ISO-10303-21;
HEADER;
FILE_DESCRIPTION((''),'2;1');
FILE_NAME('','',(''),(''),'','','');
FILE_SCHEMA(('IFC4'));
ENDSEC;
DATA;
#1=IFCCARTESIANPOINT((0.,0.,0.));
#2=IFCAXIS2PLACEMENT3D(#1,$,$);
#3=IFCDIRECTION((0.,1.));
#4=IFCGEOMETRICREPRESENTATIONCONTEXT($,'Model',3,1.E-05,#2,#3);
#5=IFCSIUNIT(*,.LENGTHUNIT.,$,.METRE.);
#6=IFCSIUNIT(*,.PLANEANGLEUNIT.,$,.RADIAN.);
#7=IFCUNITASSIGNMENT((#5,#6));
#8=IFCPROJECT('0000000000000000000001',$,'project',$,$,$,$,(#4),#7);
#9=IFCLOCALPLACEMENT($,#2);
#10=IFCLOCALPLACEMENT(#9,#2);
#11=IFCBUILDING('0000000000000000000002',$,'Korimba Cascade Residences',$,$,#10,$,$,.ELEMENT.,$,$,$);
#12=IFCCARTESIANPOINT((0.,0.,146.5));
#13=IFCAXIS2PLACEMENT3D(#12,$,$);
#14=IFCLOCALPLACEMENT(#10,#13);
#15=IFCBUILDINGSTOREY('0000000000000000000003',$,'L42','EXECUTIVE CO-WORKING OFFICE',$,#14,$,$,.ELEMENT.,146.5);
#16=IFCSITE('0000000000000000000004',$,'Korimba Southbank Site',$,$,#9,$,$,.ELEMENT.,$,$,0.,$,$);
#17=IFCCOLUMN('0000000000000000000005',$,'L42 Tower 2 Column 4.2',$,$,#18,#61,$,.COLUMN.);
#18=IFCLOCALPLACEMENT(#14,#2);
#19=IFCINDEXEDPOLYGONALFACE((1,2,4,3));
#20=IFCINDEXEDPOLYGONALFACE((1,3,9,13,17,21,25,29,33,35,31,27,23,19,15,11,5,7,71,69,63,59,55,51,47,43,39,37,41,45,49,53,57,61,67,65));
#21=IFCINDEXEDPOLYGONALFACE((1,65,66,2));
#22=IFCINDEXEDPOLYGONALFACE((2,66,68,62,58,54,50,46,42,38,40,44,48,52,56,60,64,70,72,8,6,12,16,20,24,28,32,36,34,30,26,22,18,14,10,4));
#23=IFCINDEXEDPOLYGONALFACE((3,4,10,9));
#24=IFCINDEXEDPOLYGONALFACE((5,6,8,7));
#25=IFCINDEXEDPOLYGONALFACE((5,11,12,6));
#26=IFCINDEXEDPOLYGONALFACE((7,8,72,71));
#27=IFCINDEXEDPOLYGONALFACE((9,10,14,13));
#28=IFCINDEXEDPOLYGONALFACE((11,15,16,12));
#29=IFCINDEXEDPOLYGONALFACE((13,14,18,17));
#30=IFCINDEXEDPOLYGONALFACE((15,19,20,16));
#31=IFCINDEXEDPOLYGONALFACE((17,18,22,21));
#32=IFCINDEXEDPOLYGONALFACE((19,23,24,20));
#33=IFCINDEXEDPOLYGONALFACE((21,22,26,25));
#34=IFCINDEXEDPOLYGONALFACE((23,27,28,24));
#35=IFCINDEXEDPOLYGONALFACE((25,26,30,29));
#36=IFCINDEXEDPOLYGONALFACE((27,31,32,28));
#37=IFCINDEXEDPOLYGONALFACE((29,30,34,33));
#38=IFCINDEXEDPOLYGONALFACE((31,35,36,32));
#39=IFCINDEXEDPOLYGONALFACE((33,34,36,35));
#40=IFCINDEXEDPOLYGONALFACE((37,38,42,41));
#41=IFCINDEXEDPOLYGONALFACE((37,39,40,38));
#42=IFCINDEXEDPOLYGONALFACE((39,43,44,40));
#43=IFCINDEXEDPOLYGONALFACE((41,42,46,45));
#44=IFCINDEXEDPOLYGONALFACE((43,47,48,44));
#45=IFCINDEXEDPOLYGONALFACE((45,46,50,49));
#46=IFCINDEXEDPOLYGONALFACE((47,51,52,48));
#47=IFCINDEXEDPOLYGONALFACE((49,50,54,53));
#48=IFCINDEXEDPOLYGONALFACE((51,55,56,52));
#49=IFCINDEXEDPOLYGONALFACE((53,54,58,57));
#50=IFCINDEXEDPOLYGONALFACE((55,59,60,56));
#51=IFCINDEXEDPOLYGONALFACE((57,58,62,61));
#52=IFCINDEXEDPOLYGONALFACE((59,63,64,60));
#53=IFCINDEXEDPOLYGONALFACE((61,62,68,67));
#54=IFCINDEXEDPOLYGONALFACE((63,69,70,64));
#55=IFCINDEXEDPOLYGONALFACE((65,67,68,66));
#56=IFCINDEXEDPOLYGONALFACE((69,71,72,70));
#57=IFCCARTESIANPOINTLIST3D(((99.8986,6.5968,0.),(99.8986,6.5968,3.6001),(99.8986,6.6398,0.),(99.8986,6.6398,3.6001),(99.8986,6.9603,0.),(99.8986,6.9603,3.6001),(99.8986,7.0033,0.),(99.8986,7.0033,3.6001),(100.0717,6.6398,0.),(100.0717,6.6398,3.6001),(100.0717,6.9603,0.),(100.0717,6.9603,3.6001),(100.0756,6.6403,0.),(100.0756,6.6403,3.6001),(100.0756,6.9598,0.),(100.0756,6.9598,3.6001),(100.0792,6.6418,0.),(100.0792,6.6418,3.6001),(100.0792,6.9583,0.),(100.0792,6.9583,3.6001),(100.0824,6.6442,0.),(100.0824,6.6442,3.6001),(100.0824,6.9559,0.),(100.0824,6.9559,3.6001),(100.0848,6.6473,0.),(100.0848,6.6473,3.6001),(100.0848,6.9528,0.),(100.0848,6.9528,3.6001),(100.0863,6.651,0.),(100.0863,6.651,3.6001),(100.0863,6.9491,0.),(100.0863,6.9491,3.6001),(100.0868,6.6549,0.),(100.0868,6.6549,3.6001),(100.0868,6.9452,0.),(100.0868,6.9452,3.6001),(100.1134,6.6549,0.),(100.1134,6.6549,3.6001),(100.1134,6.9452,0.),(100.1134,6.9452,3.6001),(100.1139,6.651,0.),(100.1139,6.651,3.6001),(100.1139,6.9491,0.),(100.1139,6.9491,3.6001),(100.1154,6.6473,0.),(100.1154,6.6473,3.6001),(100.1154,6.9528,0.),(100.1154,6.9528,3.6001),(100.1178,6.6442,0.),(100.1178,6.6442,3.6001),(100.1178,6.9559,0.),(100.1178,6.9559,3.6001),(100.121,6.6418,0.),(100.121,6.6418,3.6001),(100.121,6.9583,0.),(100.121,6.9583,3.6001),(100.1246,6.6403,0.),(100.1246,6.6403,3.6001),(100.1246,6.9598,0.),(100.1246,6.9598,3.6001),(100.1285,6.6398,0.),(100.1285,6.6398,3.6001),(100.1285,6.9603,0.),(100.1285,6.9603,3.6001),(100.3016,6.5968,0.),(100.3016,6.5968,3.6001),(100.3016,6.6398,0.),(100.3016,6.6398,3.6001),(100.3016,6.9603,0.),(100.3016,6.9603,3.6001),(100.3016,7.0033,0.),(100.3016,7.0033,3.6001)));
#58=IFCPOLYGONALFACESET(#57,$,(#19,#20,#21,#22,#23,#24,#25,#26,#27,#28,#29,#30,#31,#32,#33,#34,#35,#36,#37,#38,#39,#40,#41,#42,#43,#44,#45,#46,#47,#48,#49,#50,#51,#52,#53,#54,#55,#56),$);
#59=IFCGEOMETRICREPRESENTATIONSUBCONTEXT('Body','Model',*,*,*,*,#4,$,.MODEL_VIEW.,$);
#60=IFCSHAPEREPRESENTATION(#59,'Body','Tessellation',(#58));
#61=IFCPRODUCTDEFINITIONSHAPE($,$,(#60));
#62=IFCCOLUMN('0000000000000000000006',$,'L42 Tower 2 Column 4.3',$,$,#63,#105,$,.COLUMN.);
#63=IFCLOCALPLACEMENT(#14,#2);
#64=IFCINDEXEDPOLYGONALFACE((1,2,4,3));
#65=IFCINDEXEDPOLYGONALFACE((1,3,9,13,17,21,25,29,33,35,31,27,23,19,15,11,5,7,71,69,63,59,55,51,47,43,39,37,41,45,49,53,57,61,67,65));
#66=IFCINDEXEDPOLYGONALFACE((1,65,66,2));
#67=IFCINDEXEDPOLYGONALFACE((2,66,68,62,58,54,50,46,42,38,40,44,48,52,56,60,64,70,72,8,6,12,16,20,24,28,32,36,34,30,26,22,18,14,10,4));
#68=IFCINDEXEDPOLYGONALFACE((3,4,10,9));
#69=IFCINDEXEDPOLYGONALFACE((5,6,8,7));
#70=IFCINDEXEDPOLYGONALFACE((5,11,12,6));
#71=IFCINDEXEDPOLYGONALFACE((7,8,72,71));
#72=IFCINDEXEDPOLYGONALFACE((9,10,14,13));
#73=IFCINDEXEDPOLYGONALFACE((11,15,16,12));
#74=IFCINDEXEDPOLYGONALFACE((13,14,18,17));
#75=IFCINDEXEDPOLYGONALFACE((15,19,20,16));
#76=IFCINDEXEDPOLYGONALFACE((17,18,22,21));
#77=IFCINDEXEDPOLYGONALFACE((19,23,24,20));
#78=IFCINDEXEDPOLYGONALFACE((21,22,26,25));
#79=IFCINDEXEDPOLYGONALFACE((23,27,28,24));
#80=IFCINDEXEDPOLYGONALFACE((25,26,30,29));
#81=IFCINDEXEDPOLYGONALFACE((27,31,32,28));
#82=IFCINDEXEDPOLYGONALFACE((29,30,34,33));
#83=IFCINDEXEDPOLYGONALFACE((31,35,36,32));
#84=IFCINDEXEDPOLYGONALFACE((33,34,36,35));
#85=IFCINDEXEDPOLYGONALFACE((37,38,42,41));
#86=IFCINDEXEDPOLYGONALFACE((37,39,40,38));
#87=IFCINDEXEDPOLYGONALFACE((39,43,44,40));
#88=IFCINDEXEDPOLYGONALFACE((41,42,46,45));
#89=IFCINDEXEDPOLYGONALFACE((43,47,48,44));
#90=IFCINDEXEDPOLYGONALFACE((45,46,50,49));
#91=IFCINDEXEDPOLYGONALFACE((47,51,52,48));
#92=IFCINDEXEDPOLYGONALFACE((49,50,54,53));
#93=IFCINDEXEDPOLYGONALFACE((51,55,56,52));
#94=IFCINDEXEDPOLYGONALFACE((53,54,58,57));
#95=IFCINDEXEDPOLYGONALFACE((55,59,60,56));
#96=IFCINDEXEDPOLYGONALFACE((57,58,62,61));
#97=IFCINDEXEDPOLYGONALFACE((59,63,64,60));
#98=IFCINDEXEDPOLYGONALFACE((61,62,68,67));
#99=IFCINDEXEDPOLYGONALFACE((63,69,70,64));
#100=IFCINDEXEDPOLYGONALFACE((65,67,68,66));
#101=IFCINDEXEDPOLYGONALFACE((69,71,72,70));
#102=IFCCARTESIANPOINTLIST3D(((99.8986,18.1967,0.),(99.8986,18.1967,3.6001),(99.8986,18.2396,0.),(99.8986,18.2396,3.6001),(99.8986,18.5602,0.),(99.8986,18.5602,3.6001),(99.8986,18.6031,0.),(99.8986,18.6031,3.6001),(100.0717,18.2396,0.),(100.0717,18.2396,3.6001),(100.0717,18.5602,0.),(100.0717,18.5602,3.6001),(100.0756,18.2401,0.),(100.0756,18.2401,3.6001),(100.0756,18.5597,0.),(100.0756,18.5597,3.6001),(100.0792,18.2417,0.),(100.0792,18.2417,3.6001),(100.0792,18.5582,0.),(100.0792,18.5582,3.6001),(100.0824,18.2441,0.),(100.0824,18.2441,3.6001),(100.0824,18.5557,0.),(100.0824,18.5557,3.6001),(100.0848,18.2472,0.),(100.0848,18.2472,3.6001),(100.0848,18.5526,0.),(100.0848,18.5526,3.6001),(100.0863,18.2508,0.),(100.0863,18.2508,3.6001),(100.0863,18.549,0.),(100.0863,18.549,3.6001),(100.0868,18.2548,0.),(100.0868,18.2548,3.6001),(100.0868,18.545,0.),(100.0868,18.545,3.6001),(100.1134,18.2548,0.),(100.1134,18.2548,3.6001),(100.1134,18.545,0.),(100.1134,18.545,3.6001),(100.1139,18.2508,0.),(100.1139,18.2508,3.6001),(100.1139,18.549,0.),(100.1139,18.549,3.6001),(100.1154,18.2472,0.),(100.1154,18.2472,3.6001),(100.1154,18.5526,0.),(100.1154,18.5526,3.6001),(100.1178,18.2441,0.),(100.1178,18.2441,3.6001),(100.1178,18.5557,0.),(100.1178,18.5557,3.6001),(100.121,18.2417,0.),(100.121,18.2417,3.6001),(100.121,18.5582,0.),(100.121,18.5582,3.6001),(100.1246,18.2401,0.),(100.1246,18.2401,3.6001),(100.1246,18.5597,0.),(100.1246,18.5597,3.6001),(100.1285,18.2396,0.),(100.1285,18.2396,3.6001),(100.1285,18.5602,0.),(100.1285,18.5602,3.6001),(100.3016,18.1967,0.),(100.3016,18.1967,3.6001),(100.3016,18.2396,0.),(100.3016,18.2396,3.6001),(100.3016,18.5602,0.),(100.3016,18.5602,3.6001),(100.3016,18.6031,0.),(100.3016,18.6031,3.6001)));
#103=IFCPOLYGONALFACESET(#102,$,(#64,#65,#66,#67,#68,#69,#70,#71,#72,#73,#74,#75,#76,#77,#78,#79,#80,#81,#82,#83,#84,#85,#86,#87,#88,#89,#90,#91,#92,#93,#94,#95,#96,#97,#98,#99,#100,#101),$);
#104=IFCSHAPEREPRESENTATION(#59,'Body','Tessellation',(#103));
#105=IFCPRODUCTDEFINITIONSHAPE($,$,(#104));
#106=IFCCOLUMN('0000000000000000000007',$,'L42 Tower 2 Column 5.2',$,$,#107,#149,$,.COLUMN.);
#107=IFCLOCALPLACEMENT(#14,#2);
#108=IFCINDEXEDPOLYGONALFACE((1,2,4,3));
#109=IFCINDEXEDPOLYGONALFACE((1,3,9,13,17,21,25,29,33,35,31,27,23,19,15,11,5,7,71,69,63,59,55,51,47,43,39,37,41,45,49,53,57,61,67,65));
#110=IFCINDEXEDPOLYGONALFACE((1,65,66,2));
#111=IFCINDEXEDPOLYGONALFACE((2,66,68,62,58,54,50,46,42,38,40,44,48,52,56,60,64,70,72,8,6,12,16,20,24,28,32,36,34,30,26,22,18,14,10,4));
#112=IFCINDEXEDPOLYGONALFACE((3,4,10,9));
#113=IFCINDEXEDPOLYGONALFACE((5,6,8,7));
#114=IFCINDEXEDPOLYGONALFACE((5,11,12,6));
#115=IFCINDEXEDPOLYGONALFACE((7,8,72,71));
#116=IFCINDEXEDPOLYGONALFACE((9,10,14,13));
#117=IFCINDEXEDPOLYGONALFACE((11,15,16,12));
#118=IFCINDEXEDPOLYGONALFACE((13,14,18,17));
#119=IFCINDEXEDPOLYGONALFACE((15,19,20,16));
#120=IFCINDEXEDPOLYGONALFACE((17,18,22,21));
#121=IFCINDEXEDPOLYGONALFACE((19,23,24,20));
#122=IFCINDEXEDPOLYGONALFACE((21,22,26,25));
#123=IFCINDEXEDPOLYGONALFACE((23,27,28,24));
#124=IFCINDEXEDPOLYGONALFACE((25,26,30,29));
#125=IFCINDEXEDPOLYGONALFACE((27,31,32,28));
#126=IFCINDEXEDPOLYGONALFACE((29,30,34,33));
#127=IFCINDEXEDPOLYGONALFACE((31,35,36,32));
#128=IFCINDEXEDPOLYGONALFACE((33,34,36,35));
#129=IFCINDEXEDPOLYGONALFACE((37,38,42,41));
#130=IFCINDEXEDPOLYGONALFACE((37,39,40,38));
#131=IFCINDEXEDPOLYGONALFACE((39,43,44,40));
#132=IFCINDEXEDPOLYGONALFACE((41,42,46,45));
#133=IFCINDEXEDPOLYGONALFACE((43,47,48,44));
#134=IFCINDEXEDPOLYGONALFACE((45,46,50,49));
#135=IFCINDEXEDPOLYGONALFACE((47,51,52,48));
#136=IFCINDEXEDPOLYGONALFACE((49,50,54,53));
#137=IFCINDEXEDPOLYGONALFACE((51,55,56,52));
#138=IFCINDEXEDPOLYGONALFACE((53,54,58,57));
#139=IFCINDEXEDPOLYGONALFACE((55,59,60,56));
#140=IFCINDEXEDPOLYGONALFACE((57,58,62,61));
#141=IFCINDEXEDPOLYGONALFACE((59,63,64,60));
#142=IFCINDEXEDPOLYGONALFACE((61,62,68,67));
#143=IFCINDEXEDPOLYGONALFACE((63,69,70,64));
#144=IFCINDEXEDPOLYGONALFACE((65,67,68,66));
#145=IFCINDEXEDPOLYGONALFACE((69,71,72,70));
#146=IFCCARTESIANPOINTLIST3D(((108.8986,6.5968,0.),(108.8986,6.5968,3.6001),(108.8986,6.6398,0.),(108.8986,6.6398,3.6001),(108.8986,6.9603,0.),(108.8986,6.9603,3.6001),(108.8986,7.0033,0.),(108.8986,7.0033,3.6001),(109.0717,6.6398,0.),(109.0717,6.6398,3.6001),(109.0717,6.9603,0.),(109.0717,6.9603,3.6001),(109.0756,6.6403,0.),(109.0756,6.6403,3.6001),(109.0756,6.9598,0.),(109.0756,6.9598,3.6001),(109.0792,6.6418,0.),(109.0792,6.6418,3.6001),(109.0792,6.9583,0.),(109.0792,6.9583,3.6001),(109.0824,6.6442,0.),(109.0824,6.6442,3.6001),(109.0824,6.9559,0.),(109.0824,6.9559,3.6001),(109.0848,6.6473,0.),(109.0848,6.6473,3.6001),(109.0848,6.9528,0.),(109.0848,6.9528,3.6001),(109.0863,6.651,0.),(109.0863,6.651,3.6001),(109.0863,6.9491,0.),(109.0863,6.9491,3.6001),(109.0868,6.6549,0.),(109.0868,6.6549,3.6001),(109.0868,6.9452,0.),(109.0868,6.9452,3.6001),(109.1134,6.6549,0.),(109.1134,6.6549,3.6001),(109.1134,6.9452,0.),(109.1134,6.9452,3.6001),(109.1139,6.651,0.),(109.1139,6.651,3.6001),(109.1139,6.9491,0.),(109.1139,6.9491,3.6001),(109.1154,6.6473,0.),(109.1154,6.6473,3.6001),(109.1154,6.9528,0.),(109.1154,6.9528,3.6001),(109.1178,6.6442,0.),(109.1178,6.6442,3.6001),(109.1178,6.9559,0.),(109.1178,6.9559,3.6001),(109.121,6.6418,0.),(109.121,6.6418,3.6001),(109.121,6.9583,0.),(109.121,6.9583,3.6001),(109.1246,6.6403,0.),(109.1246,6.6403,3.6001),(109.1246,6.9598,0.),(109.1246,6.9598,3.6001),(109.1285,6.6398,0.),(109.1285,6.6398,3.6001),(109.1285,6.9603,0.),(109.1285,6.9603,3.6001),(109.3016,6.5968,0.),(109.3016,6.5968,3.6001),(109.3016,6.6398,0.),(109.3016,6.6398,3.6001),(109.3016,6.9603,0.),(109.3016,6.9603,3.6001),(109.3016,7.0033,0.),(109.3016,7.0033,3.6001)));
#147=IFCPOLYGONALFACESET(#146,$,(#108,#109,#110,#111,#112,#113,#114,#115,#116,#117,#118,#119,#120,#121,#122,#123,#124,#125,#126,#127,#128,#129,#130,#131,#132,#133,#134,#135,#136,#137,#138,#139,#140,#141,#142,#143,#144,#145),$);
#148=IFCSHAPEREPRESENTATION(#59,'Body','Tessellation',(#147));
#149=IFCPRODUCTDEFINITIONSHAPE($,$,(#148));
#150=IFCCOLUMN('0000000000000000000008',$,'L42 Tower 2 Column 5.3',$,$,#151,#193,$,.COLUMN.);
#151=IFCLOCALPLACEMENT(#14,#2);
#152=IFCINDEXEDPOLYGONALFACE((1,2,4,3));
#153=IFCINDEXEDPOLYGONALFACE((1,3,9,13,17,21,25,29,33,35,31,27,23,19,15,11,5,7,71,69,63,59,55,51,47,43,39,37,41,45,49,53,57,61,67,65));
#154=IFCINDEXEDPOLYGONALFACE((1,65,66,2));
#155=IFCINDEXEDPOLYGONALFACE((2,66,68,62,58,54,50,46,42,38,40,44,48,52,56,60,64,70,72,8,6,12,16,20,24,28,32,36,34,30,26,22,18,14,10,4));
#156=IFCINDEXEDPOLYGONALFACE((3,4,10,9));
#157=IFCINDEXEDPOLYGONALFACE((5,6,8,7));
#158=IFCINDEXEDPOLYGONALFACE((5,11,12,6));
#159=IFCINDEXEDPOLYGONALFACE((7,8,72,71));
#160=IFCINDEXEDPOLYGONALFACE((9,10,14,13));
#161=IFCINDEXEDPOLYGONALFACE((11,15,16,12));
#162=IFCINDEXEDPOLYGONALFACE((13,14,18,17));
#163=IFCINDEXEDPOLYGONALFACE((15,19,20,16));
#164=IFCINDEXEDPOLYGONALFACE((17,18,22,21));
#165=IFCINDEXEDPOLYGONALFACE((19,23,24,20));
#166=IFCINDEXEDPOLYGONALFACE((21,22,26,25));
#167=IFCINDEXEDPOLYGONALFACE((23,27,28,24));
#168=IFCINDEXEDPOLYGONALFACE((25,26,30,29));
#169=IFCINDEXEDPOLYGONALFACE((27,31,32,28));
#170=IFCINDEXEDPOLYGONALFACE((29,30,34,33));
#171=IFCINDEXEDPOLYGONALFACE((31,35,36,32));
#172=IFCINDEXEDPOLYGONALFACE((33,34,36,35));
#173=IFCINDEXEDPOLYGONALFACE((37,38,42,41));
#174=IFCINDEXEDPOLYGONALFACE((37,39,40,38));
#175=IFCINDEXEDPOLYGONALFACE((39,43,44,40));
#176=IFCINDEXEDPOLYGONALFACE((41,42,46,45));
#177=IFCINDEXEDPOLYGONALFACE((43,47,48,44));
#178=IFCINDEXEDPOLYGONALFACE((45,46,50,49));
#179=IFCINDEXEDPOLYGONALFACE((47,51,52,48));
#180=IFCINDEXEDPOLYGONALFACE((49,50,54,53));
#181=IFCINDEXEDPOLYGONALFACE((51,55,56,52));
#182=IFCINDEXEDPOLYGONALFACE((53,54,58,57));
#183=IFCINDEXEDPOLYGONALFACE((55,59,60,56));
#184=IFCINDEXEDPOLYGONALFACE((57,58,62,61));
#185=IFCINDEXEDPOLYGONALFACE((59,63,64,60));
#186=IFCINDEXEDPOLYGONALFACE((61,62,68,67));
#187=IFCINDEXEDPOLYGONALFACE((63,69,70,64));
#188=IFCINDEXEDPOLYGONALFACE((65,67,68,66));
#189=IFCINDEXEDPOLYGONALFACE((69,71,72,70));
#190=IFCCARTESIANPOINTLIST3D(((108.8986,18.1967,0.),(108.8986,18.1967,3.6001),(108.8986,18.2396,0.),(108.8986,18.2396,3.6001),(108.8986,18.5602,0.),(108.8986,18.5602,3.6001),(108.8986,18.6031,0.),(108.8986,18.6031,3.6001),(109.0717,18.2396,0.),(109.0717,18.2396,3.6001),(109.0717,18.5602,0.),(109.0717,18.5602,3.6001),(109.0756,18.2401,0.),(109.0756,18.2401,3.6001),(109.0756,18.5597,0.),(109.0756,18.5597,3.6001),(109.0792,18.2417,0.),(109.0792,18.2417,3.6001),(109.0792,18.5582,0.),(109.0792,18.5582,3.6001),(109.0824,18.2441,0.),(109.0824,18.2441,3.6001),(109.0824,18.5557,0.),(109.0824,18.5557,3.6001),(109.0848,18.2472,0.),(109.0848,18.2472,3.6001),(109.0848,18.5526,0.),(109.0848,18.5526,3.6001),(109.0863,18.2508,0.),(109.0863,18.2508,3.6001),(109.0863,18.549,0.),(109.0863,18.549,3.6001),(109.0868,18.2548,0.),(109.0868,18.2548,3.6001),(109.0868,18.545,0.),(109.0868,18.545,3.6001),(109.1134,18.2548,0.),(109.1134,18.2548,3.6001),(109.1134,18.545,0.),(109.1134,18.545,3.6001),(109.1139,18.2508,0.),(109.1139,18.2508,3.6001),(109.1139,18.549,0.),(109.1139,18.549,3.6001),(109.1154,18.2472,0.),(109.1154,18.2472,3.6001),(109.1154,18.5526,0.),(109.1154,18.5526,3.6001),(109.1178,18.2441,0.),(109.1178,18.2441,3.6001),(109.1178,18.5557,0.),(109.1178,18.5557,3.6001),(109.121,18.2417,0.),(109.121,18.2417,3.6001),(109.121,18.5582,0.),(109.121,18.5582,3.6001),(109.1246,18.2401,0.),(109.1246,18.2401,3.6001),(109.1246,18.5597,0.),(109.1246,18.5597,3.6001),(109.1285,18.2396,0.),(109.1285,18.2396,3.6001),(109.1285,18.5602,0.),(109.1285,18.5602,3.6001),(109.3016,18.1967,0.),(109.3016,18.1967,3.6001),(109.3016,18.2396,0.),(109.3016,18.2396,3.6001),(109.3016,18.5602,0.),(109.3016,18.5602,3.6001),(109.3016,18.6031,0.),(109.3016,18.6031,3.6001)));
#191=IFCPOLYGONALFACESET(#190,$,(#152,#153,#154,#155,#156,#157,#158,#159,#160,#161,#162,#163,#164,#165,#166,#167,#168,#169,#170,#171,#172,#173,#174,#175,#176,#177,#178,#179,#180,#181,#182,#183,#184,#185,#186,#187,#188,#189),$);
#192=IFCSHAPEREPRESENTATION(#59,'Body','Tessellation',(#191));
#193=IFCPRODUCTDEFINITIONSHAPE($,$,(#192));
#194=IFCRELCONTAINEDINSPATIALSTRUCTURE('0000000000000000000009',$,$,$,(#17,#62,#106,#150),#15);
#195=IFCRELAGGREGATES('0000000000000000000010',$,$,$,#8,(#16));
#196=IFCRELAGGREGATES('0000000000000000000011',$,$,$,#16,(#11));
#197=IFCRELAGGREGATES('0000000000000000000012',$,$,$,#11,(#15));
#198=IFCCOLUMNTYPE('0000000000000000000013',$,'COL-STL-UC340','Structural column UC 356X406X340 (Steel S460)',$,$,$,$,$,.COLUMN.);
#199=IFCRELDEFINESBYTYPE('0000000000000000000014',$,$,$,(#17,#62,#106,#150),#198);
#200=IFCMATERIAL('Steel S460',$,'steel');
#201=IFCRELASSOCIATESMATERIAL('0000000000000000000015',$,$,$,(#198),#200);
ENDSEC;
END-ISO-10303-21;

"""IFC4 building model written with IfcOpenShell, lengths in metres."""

from ifc_helpers import new_model, si_unit, direction, frame, origin, origin_2d, place, context, subcontext, project, spatial, i_section, extrude, material, material_profile, profile_set, type_object, element, save


model = new_model("IFC4")

# Units and contexts
model_context = context("Model", 3, precision=1e-05, world=origin(), true_north=direction((0.0, 1.0)))
body_context = subcontext(model_context, "Body", "Model", "MODEL_VIEW")
ifc_project = project(units=[si_unit("LENGTHUNIT", "METRE"), si_unit("PLANEANGLEUNIT", "RADIAN")], contexts=[model_context])

# Site, building, storey
site_placement = place(None, origin())
site = spatial("IfcSite", under=ifc_project, at=site_placement, Name="Korimba Southbank Site", CompositionType="ELEMENT", RefElevation=0.0)
building_placement = place(site_placement, origin())
building = spatial("IfcBuilding", under=site, at=building_placement, Name="Korimba Cascade Residences", CompositionType="ELEMENT")
storey_placement = place(building_placement, frame((0.0, 0.0, 146.5)))
storey = spatial("IfcBuildingStorey", under=building, at=storey_placement, Name="L42", Description="EXECUTIVE CO-WORKING OFFICE", CompositionType="ELEMENT", Elevation=146.5)

# Columns
ifc_material_1 = material(Name="Steel S460", Category="steel")
ifc_material_profile_1 = material_profile(ifc_material_1, i_section(OverallWidth=0.4031, OverallDepth=0.4065, WebThickness=0.0266, FlangeThickness=0.043, FilletRadius=0.0151, at=origin_2d()), Name="Steel S460")
ifc_profile_set_1 = profile_set([ifc_material_profile_1], Name="Steel S460")
column_type = type_object("IfcColumnType", Name="COL-STL-UC340", Description="Structural column UC 356X406X340 (Steel S460)", PredefinedType="COLUMN", material=ifc_profile_set_1)
for number, where, z_axis, x_axis, name in (
    (1, (100.1001, 6.8, 0.0), (0.0, 0.0, 1.0), (1.0, 0.0, 0.0), "L42 Tower 2 Column 4.2"),
    (2, (100.1001, 18.3999, 0.0), (0.0, 0.0, 1.0), (1.0, 0.0, 0.0), "L42 Tower 2 Column 4.3"),
    (3, (109.1001, 6.8, 0.0), (0.0, 0.0, 1.0), (1.0, 0.0, 0.0), "L42 Tower 2 Column 5.2"),
    (4, (109.1001, 18.3999, 0.0), (0.0, 0.0, 1.0), (1.0, 0.0, 0.0), "L42 Tower 2 Column 5.3"),
):
    element("IfcColumn", number, at=place(storey_placement, frame(where, z_axis=z_axis, x_axis=x_axis)), inside=storey, type_object=column_type, Name=name, PredefinedType="COLUMN", context=body_context, shape_type="SweptSolid", body=[
        extrude(i_section(OverallWidth=0.4031, OverallDepth=0.4065, WebThickness=0.0266, FlangeThickness=0.043, FilletRadius=0.0151, at=origin_2d()), origin(), (0.0, 0.0, 1.0), 3.6001),
    ])

save(model, "model.ifc")
